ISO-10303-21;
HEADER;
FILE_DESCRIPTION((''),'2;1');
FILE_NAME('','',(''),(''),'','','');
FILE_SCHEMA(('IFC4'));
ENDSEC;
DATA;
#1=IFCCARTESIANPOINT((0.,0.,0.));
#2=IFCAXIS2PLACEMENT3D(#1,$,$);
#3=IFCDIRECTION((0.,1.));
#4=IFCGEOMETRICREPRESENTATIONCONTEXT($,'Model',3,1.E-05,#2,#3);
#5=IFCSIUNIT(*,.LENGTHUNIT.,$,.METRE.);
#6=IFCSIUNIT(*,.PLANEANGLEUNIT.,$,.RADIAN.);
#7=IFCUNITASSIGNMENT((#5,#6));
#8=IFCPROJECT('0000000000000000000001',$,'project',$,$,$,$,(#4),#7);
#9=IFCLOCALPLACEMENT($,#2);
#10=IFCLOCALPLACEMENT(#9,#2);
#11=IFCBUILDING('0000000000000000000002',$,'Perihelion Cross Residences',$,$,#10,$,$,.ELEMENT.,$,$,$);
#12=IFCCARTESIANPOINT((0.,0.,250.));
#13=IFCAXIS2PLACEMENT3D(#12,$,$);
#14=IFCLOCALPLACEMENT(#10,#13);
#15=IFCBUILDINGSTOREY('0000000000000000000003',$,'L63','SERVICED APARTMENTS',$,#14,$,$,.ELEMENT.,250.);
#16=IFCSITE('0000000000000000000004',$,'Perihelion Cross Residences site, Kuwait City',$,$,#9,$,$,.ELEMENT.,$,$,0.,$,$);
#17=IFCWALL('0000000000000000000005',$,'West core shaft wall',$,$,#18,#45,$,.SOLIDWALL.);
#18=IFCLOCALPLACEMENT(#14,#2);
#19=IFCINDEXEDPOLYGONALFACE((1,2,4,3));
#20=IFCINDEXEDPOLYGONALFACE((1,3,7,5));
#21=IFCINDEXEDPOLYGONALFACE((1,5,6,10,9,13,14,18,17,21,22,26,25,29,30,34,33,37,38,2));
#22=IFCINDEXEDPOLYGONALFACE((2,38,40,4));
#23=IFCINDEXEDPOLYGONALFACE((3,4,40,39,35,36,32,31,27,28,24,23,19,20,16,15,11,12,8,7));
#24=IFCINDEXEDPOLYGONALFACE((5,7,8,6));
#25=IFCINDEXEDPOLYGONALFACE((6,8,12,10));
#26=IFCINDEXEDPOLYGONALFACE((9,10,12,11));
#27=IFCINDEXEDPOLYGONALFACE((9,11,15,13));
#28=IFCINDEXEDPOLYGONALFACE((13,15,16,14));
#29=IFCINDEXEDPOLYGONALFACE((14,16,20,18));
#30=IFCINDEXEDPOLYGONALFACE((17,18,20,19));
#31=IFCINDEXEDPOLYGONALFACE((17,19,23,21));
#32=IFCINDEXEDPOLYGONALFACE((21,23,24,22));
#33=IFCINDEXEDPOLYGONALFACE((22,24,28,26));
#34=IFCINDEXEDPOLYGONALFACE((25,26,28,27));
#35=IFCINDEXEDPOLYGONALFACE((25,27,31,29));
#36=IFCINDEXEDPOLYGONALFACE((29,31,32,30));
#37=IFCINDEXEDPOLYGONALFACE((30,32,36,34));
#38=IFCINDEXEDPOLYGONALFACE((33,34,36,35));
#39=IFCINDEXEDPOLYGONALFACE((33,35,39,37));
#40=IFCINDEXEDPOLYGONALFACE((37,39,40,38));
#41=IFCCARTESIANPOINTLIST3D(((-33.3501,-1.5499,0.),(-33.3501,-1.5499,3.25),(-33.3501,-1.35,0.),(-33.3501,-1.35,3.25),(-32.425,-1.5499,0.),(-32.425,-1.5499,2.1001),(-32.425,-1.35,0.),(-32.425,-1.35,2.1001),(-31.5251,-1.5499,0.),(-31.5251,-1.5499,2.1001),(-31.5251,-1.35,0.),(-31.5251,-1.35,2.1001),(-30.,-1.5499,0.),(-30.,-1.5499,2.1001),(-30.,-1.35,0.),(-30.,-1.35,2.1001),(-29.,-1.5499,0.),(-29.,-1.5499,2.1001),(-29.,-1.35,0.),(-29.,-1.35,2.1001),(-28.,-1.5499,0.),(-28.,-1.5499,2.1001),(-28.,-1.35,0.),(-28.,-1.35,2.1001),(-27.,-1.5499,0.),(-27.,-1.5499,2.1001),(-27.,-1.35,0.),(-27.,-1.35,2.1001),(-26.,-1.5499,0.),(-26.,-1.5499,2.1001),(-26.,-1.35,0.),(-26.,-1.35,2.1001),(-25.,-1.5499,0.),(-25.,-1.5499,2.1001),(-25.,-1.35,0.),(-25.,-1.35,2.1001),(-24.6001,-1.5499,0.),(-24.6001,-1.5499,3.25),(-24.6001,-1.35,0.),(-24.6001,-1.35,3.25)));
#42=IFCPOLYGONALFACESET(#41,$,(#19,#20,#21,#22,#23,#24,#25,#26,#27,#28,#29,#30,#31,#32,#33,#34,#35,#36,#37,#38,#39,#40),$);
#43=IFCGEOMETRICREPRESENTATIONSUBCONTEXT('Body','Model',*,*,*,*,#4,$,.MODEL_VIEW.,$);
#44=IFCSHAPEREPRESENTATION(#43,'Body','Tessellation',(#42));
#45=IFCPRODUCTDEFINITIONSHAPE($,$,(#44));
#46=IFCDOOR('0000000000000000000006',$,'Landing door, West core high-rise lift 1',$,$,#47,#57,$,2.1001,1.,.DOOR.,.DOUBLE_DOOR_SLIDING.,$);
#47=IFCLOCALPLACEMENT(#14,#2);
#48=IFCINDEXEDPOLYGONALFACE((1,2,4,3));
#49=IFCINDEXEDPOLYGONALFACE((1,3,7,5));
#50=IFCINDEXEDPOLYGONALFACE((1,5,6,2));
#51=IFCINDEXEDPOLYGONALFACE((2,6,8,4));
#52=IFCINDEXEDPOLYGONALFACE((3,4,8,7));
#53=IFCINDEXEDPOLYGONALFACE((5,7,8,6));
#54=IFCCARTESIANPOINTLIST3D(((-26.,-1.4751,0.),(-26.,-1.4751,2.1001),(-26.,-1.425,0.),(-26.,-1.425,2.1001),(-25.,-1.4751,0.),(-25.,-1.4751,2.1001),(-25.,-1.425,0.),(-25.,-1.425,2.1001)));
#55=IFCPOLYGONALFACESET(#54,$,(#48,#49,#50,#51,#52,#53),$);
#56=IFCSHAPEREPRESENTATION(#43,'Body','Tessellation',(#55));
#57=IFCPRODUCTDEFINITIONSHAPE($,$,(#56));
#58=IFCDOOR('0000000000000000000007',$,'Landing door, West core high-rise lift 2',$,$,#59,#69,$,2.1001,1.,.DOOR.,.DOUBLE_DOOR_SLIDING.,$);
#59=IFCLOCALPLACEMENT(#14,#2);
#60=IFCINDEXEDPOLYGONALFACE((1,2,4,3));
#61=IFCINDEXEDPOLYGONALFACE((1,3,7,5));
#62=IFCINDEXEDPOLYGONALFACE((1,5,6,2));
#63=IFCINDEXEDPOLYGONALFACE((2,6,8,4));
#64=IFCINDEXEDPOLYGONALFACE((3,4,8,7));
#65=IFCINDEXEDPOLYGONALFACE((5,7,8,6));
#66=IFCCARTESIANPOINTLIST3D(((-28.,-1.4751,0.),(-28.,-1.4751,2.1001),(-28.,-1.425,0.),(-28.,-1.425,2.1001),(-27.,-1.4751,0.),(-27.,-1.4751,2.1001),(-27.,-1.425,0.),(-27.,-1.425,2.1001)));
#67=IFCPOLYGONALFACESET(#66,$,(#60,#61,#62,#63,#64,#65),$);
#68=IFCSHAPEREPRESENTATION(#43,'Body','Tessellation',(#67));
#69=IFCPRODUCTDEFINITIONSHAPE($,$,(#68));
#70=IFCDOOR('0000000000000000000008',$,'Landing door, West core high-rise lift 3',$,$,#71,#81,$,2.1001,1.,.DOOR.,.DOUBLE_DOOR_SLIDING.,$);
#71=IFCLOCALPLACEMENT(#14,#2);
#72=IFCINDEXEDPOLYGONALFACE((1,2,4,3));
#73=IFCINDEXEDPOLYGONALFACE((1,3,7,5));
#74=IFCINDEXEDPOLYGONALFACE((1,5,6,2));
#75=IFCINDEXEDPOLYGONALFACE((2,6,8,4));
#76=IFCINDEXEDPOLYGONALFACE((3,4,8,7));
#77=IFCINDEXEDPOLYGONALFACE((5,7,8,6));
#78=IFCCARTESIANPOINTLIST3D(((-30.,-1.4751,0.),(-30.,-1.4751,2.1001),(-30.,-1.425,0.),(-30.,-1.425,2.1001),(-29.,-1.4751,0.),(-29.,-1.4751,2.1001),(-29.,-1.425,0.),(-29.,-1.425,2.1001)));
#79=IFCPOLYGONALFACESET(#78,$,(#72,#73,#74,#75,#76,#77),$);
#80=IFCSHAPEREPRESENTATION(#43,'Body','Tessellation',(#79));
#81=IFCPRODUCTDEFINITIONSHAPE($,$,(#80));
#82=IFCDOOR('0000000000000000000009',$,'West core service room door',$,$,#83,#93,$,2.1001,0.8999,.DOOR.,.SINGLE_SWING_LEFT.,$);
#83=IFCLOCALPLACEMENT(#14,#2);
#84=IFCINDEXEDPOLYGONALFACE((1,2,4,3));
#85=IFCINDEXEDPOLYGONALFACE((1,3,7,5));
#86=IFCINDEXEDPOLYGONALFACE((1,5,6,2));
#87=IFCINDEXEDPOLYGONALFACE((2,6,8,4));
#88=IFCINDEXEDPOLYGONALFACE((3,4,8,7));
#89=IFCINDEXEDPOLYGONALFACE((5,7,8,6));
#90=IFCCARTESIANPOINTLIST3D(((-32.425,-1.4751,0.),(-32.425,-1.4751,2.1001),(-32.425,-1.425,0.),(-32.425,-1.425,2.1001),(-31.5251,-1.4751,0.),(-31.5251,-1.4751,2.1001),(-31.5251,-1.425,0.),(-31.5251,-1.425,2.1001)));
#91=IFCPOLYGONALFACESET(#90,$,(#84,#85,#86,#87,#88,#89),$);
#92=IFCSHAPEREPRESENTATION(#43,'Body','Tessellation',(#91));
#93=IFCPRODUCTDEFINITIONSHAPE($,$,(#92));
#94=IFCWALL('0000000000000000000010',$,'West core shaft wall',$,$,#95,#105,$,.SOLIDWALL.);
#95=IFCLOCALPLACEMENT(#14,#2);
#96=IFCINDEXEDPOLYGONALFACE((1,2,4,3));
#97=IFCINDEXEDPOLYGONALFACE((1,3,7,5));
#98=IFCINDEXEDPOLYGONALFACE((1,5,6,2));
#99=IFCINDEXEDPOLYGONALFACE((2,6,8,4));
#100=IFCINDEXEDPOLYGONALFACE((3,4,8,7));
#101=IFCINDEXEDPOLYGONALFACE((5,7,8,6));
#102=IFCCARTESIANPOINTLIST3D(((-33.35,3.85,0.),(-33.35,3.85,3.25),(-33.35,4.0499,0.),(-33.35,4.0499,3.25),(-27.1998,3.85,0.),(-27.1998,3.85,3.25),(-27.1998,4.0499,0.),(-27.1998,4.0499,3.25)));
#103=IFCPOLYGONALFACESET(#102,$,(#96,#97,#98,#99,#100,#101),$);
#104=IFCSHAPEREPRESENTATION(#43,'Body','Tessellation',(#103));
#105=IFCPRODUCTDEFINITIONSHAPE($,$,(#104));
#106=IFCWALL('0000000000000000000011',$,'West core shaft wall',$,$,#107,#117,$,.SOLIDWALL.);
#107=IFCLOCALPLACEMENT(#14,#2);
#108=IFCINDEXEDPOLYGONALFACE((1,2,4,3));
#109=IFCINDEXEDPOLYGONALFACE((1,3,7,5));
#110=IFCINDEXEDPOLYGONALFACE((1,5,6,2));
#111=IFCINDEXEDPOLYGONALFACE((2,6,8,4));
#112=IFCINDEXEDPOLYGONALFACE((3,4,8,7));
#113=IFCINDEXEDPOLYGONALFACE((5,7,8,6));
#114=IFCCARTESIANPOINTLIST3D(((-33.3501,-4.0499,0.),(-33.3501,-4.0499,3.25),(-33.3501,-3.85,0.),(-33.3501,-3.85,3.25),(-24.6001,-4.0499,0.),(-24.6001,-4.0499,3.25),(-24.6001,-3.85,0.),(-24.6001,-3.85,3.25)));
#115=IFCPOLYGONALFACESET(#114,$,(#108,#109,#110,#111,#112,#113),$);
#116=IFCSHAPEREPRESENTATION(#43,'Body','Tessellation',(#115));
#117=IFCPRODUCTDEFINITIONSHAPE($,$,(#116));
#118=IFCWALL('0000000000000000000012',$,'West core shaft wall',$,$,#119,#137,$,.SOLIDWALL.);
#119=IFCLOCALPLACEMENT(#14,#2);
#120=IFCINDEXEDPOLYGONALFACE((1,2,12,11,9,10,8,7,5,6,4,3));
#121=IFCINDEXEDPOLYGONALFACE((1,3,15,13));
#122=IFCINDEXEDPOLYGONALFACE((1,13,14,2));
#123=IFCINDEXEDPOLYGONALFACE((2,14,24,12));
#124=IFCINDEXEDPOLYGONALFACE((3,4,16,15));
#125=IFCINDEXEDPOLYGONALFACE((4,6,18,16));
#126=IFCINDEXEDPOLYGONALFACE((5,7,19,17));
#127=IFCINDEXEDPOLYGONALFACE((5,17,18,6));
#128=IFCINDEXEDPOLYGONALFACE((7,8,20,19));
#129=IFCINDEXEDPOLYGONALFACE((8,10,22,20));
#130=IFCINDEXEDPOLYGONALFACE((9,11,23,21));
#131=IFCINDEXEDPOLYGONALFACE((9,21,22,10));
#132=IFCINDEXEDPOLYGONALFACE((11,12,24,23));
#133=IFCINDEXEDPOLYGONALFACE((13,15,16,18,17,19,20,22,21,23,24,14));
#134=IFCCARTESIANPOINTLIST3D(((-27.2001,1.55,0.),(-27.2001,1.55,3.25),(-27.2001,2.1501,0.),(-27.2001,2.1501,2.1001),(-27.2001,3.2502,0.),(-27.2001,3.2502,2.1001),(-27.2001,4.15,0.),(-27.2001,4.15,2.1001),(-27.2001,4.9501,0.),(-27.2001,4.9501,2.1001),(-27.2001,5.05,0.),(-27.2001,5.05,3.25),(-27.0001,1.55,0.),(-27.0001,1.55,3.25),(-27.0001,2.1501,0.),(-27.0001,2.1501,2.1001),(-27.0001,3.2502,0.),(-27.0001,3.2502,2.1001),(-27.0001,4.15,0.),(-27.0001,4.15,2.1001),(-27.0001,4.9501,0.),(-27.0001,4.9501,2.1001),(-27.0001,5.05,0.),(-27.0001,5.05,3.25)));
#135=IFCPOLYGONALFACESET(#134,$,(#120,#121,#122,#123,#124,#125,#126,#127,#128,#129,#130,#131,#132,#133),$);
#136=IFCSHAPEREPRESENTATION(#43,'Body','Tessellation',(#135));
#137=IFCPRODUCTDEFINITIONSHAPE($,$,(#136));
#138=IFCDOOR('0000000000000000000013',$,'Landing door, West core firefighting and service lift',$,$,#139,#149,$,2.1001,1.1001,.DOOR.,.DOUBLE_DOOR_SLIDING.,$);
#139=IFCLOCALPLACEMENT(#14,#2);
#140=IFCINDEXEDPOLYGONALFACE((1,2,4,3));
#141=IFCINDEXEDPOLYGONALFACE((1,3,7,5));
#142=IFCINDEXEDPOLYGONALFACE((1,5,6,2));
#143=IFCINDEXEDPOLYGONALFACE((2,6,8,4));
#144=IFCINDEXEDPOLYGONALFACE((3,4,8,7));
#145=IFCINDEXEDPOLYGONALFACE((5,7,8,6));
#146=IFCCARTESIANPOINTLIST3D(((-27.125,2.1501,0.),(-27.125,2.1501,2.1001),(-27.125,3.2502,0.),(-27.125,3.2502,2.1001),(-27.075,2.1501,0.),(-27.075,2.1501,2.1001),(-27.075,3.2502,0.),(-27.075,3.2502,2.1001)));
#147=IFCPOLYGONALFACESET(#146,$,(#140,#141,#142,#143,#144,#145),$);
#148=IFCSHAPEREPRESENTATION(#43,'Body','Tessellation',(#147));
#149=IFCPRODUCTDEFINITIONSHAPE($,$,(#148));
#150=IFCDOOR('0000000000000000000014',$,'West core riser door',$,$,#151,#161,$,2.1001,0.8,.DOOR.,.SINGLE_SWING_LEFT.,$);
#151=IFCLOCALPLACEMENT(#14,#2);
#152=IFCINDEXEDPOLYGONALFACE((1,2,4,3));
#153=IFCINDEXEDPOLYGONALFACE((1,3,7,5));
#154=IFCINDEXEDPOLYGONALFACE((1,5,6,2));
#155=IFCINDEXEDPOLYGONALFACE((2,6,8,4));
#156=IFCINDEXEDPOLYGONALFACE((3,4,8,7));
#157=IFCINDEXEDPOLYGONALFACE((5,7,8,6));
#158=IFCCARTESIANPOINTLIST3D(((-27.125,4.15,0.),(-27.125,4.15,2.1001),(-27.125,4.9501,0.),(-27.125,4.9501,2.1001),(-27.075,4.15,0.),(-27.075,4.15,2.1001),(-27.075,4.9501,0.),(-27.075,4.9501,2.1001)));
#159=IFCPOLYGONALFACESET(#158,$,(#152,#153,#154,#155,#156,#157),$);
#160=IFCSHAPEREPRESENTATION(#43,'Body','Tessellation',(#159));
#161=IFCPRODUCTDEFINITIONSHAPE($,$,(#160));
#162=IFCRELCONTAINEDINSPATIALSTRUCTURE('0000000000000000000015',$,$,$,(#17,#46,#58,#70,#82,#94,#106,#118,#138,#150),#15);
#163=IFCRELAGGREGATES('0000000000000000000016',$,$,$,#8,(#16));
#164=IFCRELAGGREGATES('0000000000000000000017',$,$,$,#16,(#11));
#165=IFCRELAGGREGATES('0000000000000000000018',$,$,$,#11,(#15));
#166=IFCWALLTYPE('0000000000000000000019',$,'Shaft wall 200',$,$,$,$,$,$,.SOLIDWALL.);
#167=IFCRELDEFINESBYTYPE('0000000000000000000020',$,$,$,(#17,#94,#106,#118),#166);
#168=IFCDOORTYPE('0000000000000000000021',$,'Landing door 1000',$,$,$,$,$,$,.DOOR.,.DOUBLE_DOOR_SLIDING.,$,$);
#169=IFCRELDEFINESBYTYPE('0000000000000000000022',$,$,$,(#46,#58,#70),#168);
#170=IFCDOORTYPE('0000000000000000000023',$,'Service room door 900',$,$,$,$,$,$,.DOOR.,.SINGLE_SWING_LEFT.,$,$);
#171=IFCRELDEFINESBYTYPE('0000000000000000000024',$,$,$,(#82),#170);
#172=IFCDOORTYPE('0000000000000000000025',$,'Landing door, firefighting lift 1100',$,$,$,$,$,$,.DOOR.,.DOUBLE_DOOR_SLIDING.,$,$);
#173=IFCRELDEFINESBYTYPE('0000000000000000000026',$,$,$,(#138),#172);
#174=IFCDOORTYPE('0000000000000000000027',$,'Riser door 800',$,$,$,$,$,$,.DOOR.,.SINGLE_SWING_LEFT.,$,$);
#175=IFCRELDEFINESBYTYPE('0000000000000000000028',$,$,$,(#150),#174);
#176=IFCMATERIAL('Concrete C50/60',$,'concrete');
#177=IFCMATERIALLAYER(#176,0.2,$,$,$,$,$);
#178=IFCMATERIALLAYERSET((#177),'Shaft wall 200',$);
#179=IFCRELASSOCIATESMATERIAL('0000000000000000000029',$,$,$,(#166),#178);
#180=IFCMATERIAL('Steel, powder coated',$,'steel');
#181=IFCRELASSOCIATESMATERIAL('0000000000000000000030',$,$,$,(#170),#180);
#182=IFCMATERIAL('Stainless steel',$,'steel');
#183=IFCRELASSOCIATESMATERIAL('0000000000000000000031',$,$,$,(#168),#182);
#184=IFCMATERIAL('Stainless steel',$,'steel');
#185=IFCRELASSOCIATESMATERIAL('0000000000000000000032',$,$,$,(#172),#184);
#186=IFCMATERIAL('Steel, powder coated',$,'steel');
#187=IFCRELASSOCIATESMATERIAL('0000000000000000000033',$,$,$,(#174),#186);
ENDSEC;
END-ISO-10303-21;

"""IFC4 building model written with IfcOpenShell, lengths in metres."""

from ifc_helpers import new_model, si_unit, direction, frame, frame_2d, origin, place, context, subcontext, project, spatial, rectangle, extrude, material, layer, layer_set, type_object, element, fill, save


model = new_model("IFC4")

# Units and contexts
model_context = context("Model", 3, precision=1e-05, world=origin(), true_north=direction((0.0, 1.0)))
body_context = subcontext(model_context, "Body", "Model", "MODEL_VIEW")
ifc_project = project(units=[si_unit("LENGTHUNIT", "METRE"), si_unit("PLANEANGLEUNIT", "RADIAN")], contexts=[model_context])

# Site, building, storey
site_placement = place(None, origin())
site = spatial("IfcSite", under=ifc_project, at=site_placement, Name="Perihelion Cross Residences site, Kuwait City", CompositionType="ELEMENT", RefElevation=0.0)
building_placement = place(site_placement, origin())
building = spatial("IfcBuilding", under=site, at=building_placement, Name="Perihelion Cross Residences", CompositionType="ELEMENT")
storey_placement = place(building_placement, frame((0.0, 0.0, 250.0)))
storey = spatial("IfcBuildingStorey", under=building, at=storey_placement, Name="L63", Description="SERVICED APARTMENTS", CompositionType="ELEMENT", Elevation=250.0)

# Wall, openings, doors
ifc_material_1 = material(Name="Concrete C50/60", Category="concrete")
ifc_layer_1 = layer(ifc_material_1, 0.2)
ifc_layer_set_1 = layer_set([ifc_layer_1], Name="Shaft wall 200")
wall_type_1 = type_object("IfcWallType", Name="Shaft wall 200", PredefinedType="SOLIDWALL", material=ifc_layer_set_1)
ifc_material_2 = material(Name="Steel, powder coated", Category="steel")
door_type_1 = type_object("IfcDoorType", Name="Service room door 900", OperationType="SINGLE_SWING_LEFT", PredefinedType="DOOR", material=ifc_material_2)
wall_1_placement = place(storey_placement, frame((-33.3501, -1.45, 0.0), z_axis=(0.0, 0.0, 1.0), x_axis=(1.0, 0.0, 0.0)))
wall_1 = element("IfcWall", 1, at=wall_1_placement, inside=storey, type_object=wall_type_1, Name="West core shaft wall", PredefinedType="SOLIDWALL", context=body_context, shape_type="SweptSolid", body=[
    extrude(rectangle(XDim=8.75, YDim=0.2, at=frame_2d((4.375, 0.0))), origin(), (0.0, 0.0, 1.0), 3.25),
])
opening_1_placement = place(wall_1_placement, frame((7.3501, 0.0, 0.0)))
opening_1 = element("IfcOpeningElement", 2, at=opening_1_placement, cuts=wall_1, PredefinedType="OPENING", context=body_context, shape_type="SweptSolid", body=[
    extrude(rectangle(XDim=1.0, YDim=2.1001, at=frame_2d((0.5, 1.05))), frame((0.0, 0.1099, 0.0), z_axis=(0.0, -1.0, 0.0), x_axis=(1.0, 0.0, 0.0)), (0.0, 0.0, 1.0), 0.22),
])
opening_2_placement = place(wall_1_placement, frame((5.3501, 0.0, 0.0)))
opening_2 = element("IfcOpeningElement", 3, at=opening_2_placement, cuts=wall_1, PredefinedType="OPENING", context=body_context, shape_type="SweptSolid", body=[
    extrude(rectangle(XDim=1.0, YDim=2.1001, at=frame_2d((0.5, 1.05))), frame((0.0, 0.1099, 0.0), z_axis=(0.0, -1.0, 0.0), x_axis=(1.0, 0.0, 0.0)), (0.0, 0.0, 1.0), 0.22),
])
opening_3_placement = place(wall_1_placement, frame((3.3501, 0.0, 0.0)))
opening_3 = element("IfcOpeningElement", 4, at=opening_3_placement, cuts=wall_1, PredefinedType="OPENING", context=body_context, shape_type="SweptSolid", body=[
    extrude(rectangle(XDim=1.0, YDim=2.1001, at=frame_2d((0.5, 1.05))), frame((0.0, 0.1099, 0.0), z_axis=(0.0, -1.0, 0.0), x_axis=(1.0, 0.0, 0.0)), (0.0, 0.0, 1.0), 0.22),
])
opening_4_placement = place(wall_1_placement, frame((0.925, 0.0, 0.0)))
opening_4 = element("IfcOpeningElement", 5, at=opening_4_placement, cuts=wall_1, PredefinedType="OPENING", context=body_context, shape_type="SweptSolid", body=[
    extrude(rectangle(XDim=0.8999, YDim=2.1001, at=frame_2d((0.45, 1.05))), frame((0.0, 0.1099, 0.0), z_axis=(0.0, -1.0, 0.0), x_axis=(1.0, 0.0, 0.0)), (0.0, 0.0, 1.0), 0.22),
])
ifc_material_3 = material(Name="Stainless steel", Category="steel")
door_type_2 = type_object("IfcDoorType", Name="Landing door 1000", OperationType="DOUBLE_DOOR_SLIDING", PredefinedType="DOOR", material=ifc_material_3)
door_1_placement = place(opening_1_placement, origin())
door_1 = element("IfcDoor", 6, at=door_1_placement, inside=storey, type_object=door_type_2, Name="Landing door, West core high-rise lift 1", OperationType="DOUBLE_DOOR_SLIDING", OverallHeight=2.1001, OverallWidth=1.0, PredefinedType="DOOR", context=body_context, shape_type="SweptSolid", body=[
    extrude(rectangle(XDim=1.0, YDim=2.1001, at=frame_2d((0.5, 1.05))), frame((0.0, 0.0249, 0.0), z_axis=(0.0, -1.0, 0.0), x_axis=(1.0, 0.0, 0.0)), (0.0, 0.0, 1.0), 0.05),
])
fill(opening_1, door_1)
door_2_placement = place(opening_2_placement, origin())
door_2 = element("IfcDoor", 7, at=door_2_placement, inside=storey, type_object=door_type_2, Name="Landing door, West core high-rise lift 2", OperationType="DOUBLE_DOOR_SLIDING", OverallHeight=2.1001, OverallWidth=1.0, PredefinedType="DOOR", context=body_context, shape_type="SweptSolid", body=[
    extrude(rectangle(XDim=1.0, YDim=2.1001, at=frame_2d((0.5, 1.05))), frame((0.0, 0.0249, 0.0), z_axis=(0.0, -1.0, 0.0), x_axis=(1.0, 0.0, 0.0)), (0.0, 0.0, 1.0), 0.05),
])
fill(opening_2, door_2)
door_3_placement = place(opening_3_placement, origin())
door_3 = element("IfcDoor", 8, at=door_3_placement, inside=storey, type_object=door_type_2, Name="Landing door, West core high-rise lift 3", OperationType="DOUBLE_DOOR_SLIDING", OverallHeight=2.1001, OverallWidth=1.0, PredefinedType="DOOR", context=body_context, shape_type="SweptSolid", body=[
    extrude(rectangle(XDim=1.0, YDim=2.1001, at=frame_2d((0.5, 1.05))), frame((0.0, 0.0249, 0.0), z_axis=(0.0, -1.0, 0.0), x_axis=(1.0, 0.0, 0.0)), (0.0, 0.0, 1.0), 0.05),
])
fill(opening_3, door_3)
door_4_placement = place(opening_4_placement, origin())
door_4 = element("IfcDoor", 9, at=door_4_placement, inside=storey, type_object=door_type_1, Name="West core service room door", OperationType="SINGLE_SWING_LEFT", OverallHeight=2.1001, OverallWidth=0.8999, PredefinedType="DOOR", context=body_context, shape_type="SweptSolid", body=[
    extrude(rectangle(XDim=0.8999, YDim=2.1001, at=frame_2d((0.45, 1.05))), frame((0.0, 0.0249, 0.0), z_axis=(0.0, -1.0, 0.0), x_axis=(1.0, 0.0, 0.0)), (0.0, 0.0, 1.0), 0.05),
])
fill(opening_4, door_4)

# Walls
wall_2_placement = place(storey_placement, frame((-33.3501, 3.95, 0.0), z_axis=(0.0, 0.0, 1.0), x_axis=(1.0, 0.0, 0.0)))
element("IfcWall", 10, at=wall_2_placement, inside=storey, type_object=wall_type_1, Name="West core shaft wall", PredefinedType="SOLIDWALL", context=body_context, shape_type="SweptSolid", body=[
    extrude(rectangle(XDim=6.1501, YDim=0.2, at=frame_2d((3.0752, 0.0))), origin(), (0.0, 0.0, 1.0), 3.25),
])
wall_3_placement = place(storey_placement, frame((-33.3501, -3.95, 0.0), z_axis=(0.0, 0.0, 1.0), x_axis=(1.0, 0.0, 0.0)))
element("IfcWall", 11, at=wall_3_placement, inside=storey, type_object=wall_type_1, Name="West core shaft wall", PredefinedType="SOLIDWALL", context=body_context, shape_type="SweptSolid", body=[
    extrude(rectangle(XDim=8.75, YDim=0.2, at=frame_2d((4.375, 0.0))), origin(), (0.0, 0.0, 1.0), 3.25),
])

# Wall, openings, doors
wall_4_placement = place(storey_placement, frame((-27.1001, 1.55, 0.0), z_axis=(0.0, 0.0, 1.0), x_axis=(0.0, 1.0, 0.0)))
wall_4 = element("IfcWall", 12, at=wall_4_placement, inside=storey, type_object=wall_type_1, Name="West core shaft wall", PredefinedType="SOLIDWALL", context=body_context, shape_type="SweptSolid", body=[
    extrude(rectangle(XDim=3.5, YDim=0.2, at=frame_2d((1.75, 0.0))), origin(), (0.0, 0.0, 1.0), 3.25),
])
opening_5_placement = place(wall_4_placement, frame((0.6001, 0.0, 0.0)))
opening_5 = element("IfcOpeningElement", 13, at=opening_5_placement, cuts=wall_4, PredefinedType="OPENING", context=body_context, shape_type="SweptSolid", body=[
    extrude(rectangle(XDim=1.1001, YDim=2.1001, at=frame_2d((0.55, 1.05))), frame((0.0, 0.1099, 0.0), z_axis=(0.0, -1.0, 0.0), x_axis=(1.0, 0.0, 0.0)), (0.0, 0.0, 1.0), 0.22),
])
opening_6_placement = place(wall_4_placement, frame((2.6001, 0.0, 0.0)))
opening_6 = element("IfcOpeningElement", 14, at=opening_6_placement, cuts=wall_4, PredefinedType="OPENING", context=body_context, shape_type="SweptSolid", body=[
    extrude(rectangle(XDim=0.8, YDim=2.1001, at=frame_2d((0.3999, 1.05))), frame((0.0, 0.1099, 0.0), z_axis=(0.0, -1.0, 0.0), x_axis=(1.0, 0.0, 0.0)), (0.0, 0.0, 1.0), 0.22),
])
ifc_material_4 = material(Name="Stainless steel", Category="steel")
door_type_3 = type_object("IfcDoorType", Name="Landing door, firefighting lift 1100", OperationType="DOUBLE_DOOR_SLIDING", PredefinedType="DOOR", material=ifc_material_4)
door_5_placement = place(opening_5_placement, origin())
door_5 = element("IfcDoor", 15, at=door_5_placement, inside=storey, type_object=door_type_3, Name="Landing door, West core firefighting and service lift", OperationType="DOUBLE_DOOR_SLIDING", OverallHeight=2.1001, OverallWidth=1.1001, PredefinedType="DOOR", context=body_context, shape_type="SweptSolid", body=[
    extrude(rectangle(XDim=1.1001, YDim=2.1001, at=frame_2d((0.55, 1.05))), frame((0.0, 0.0249, 0.0), z_axis=(0.0, -1.0, 0.0), x_axis=(1.0, 0.0, 0.0)), (0.0, 0.0, 1.0), 0.05),
])
fill(opening_5, door_5)
ifc_material_5 = material(Name="Steel, powder coated", Category="steel")
door_type_4 = type_object("IfcDoorType", Name="Riser door 800", OperationType="SINGLE_SWING_LEFT", PredefinedType="DOOR", material=ifc_material_5)
door_6_placement = place(opening_6_placement, origin())
door_6 = element("IfcDoor", 16, at=door_6_placement, inside=storey, type_object=door_type_4, Name="West core riser door", OperationType="SINGLE_SWING_LEFT", OverallHeight=2.1001, OverallWidth=0.8, PredefinedType="DOOR", context=body_context, shape_type="SweptSolid", body=[
    extrude(rectangle(XDim=0.8, YDim=2.1001, at=frame_2d((0.3999, 1.05))), frame((0.0, 0.0249, 0.0), z_axis=(0.0, -1.0, 0.0), x_axis=(1.0, 0.0, 0.0)), (0.0, 0.0, 1.0), 0.05),
])
fill(opening_6, door_6)

save(model, "model.ifc")
